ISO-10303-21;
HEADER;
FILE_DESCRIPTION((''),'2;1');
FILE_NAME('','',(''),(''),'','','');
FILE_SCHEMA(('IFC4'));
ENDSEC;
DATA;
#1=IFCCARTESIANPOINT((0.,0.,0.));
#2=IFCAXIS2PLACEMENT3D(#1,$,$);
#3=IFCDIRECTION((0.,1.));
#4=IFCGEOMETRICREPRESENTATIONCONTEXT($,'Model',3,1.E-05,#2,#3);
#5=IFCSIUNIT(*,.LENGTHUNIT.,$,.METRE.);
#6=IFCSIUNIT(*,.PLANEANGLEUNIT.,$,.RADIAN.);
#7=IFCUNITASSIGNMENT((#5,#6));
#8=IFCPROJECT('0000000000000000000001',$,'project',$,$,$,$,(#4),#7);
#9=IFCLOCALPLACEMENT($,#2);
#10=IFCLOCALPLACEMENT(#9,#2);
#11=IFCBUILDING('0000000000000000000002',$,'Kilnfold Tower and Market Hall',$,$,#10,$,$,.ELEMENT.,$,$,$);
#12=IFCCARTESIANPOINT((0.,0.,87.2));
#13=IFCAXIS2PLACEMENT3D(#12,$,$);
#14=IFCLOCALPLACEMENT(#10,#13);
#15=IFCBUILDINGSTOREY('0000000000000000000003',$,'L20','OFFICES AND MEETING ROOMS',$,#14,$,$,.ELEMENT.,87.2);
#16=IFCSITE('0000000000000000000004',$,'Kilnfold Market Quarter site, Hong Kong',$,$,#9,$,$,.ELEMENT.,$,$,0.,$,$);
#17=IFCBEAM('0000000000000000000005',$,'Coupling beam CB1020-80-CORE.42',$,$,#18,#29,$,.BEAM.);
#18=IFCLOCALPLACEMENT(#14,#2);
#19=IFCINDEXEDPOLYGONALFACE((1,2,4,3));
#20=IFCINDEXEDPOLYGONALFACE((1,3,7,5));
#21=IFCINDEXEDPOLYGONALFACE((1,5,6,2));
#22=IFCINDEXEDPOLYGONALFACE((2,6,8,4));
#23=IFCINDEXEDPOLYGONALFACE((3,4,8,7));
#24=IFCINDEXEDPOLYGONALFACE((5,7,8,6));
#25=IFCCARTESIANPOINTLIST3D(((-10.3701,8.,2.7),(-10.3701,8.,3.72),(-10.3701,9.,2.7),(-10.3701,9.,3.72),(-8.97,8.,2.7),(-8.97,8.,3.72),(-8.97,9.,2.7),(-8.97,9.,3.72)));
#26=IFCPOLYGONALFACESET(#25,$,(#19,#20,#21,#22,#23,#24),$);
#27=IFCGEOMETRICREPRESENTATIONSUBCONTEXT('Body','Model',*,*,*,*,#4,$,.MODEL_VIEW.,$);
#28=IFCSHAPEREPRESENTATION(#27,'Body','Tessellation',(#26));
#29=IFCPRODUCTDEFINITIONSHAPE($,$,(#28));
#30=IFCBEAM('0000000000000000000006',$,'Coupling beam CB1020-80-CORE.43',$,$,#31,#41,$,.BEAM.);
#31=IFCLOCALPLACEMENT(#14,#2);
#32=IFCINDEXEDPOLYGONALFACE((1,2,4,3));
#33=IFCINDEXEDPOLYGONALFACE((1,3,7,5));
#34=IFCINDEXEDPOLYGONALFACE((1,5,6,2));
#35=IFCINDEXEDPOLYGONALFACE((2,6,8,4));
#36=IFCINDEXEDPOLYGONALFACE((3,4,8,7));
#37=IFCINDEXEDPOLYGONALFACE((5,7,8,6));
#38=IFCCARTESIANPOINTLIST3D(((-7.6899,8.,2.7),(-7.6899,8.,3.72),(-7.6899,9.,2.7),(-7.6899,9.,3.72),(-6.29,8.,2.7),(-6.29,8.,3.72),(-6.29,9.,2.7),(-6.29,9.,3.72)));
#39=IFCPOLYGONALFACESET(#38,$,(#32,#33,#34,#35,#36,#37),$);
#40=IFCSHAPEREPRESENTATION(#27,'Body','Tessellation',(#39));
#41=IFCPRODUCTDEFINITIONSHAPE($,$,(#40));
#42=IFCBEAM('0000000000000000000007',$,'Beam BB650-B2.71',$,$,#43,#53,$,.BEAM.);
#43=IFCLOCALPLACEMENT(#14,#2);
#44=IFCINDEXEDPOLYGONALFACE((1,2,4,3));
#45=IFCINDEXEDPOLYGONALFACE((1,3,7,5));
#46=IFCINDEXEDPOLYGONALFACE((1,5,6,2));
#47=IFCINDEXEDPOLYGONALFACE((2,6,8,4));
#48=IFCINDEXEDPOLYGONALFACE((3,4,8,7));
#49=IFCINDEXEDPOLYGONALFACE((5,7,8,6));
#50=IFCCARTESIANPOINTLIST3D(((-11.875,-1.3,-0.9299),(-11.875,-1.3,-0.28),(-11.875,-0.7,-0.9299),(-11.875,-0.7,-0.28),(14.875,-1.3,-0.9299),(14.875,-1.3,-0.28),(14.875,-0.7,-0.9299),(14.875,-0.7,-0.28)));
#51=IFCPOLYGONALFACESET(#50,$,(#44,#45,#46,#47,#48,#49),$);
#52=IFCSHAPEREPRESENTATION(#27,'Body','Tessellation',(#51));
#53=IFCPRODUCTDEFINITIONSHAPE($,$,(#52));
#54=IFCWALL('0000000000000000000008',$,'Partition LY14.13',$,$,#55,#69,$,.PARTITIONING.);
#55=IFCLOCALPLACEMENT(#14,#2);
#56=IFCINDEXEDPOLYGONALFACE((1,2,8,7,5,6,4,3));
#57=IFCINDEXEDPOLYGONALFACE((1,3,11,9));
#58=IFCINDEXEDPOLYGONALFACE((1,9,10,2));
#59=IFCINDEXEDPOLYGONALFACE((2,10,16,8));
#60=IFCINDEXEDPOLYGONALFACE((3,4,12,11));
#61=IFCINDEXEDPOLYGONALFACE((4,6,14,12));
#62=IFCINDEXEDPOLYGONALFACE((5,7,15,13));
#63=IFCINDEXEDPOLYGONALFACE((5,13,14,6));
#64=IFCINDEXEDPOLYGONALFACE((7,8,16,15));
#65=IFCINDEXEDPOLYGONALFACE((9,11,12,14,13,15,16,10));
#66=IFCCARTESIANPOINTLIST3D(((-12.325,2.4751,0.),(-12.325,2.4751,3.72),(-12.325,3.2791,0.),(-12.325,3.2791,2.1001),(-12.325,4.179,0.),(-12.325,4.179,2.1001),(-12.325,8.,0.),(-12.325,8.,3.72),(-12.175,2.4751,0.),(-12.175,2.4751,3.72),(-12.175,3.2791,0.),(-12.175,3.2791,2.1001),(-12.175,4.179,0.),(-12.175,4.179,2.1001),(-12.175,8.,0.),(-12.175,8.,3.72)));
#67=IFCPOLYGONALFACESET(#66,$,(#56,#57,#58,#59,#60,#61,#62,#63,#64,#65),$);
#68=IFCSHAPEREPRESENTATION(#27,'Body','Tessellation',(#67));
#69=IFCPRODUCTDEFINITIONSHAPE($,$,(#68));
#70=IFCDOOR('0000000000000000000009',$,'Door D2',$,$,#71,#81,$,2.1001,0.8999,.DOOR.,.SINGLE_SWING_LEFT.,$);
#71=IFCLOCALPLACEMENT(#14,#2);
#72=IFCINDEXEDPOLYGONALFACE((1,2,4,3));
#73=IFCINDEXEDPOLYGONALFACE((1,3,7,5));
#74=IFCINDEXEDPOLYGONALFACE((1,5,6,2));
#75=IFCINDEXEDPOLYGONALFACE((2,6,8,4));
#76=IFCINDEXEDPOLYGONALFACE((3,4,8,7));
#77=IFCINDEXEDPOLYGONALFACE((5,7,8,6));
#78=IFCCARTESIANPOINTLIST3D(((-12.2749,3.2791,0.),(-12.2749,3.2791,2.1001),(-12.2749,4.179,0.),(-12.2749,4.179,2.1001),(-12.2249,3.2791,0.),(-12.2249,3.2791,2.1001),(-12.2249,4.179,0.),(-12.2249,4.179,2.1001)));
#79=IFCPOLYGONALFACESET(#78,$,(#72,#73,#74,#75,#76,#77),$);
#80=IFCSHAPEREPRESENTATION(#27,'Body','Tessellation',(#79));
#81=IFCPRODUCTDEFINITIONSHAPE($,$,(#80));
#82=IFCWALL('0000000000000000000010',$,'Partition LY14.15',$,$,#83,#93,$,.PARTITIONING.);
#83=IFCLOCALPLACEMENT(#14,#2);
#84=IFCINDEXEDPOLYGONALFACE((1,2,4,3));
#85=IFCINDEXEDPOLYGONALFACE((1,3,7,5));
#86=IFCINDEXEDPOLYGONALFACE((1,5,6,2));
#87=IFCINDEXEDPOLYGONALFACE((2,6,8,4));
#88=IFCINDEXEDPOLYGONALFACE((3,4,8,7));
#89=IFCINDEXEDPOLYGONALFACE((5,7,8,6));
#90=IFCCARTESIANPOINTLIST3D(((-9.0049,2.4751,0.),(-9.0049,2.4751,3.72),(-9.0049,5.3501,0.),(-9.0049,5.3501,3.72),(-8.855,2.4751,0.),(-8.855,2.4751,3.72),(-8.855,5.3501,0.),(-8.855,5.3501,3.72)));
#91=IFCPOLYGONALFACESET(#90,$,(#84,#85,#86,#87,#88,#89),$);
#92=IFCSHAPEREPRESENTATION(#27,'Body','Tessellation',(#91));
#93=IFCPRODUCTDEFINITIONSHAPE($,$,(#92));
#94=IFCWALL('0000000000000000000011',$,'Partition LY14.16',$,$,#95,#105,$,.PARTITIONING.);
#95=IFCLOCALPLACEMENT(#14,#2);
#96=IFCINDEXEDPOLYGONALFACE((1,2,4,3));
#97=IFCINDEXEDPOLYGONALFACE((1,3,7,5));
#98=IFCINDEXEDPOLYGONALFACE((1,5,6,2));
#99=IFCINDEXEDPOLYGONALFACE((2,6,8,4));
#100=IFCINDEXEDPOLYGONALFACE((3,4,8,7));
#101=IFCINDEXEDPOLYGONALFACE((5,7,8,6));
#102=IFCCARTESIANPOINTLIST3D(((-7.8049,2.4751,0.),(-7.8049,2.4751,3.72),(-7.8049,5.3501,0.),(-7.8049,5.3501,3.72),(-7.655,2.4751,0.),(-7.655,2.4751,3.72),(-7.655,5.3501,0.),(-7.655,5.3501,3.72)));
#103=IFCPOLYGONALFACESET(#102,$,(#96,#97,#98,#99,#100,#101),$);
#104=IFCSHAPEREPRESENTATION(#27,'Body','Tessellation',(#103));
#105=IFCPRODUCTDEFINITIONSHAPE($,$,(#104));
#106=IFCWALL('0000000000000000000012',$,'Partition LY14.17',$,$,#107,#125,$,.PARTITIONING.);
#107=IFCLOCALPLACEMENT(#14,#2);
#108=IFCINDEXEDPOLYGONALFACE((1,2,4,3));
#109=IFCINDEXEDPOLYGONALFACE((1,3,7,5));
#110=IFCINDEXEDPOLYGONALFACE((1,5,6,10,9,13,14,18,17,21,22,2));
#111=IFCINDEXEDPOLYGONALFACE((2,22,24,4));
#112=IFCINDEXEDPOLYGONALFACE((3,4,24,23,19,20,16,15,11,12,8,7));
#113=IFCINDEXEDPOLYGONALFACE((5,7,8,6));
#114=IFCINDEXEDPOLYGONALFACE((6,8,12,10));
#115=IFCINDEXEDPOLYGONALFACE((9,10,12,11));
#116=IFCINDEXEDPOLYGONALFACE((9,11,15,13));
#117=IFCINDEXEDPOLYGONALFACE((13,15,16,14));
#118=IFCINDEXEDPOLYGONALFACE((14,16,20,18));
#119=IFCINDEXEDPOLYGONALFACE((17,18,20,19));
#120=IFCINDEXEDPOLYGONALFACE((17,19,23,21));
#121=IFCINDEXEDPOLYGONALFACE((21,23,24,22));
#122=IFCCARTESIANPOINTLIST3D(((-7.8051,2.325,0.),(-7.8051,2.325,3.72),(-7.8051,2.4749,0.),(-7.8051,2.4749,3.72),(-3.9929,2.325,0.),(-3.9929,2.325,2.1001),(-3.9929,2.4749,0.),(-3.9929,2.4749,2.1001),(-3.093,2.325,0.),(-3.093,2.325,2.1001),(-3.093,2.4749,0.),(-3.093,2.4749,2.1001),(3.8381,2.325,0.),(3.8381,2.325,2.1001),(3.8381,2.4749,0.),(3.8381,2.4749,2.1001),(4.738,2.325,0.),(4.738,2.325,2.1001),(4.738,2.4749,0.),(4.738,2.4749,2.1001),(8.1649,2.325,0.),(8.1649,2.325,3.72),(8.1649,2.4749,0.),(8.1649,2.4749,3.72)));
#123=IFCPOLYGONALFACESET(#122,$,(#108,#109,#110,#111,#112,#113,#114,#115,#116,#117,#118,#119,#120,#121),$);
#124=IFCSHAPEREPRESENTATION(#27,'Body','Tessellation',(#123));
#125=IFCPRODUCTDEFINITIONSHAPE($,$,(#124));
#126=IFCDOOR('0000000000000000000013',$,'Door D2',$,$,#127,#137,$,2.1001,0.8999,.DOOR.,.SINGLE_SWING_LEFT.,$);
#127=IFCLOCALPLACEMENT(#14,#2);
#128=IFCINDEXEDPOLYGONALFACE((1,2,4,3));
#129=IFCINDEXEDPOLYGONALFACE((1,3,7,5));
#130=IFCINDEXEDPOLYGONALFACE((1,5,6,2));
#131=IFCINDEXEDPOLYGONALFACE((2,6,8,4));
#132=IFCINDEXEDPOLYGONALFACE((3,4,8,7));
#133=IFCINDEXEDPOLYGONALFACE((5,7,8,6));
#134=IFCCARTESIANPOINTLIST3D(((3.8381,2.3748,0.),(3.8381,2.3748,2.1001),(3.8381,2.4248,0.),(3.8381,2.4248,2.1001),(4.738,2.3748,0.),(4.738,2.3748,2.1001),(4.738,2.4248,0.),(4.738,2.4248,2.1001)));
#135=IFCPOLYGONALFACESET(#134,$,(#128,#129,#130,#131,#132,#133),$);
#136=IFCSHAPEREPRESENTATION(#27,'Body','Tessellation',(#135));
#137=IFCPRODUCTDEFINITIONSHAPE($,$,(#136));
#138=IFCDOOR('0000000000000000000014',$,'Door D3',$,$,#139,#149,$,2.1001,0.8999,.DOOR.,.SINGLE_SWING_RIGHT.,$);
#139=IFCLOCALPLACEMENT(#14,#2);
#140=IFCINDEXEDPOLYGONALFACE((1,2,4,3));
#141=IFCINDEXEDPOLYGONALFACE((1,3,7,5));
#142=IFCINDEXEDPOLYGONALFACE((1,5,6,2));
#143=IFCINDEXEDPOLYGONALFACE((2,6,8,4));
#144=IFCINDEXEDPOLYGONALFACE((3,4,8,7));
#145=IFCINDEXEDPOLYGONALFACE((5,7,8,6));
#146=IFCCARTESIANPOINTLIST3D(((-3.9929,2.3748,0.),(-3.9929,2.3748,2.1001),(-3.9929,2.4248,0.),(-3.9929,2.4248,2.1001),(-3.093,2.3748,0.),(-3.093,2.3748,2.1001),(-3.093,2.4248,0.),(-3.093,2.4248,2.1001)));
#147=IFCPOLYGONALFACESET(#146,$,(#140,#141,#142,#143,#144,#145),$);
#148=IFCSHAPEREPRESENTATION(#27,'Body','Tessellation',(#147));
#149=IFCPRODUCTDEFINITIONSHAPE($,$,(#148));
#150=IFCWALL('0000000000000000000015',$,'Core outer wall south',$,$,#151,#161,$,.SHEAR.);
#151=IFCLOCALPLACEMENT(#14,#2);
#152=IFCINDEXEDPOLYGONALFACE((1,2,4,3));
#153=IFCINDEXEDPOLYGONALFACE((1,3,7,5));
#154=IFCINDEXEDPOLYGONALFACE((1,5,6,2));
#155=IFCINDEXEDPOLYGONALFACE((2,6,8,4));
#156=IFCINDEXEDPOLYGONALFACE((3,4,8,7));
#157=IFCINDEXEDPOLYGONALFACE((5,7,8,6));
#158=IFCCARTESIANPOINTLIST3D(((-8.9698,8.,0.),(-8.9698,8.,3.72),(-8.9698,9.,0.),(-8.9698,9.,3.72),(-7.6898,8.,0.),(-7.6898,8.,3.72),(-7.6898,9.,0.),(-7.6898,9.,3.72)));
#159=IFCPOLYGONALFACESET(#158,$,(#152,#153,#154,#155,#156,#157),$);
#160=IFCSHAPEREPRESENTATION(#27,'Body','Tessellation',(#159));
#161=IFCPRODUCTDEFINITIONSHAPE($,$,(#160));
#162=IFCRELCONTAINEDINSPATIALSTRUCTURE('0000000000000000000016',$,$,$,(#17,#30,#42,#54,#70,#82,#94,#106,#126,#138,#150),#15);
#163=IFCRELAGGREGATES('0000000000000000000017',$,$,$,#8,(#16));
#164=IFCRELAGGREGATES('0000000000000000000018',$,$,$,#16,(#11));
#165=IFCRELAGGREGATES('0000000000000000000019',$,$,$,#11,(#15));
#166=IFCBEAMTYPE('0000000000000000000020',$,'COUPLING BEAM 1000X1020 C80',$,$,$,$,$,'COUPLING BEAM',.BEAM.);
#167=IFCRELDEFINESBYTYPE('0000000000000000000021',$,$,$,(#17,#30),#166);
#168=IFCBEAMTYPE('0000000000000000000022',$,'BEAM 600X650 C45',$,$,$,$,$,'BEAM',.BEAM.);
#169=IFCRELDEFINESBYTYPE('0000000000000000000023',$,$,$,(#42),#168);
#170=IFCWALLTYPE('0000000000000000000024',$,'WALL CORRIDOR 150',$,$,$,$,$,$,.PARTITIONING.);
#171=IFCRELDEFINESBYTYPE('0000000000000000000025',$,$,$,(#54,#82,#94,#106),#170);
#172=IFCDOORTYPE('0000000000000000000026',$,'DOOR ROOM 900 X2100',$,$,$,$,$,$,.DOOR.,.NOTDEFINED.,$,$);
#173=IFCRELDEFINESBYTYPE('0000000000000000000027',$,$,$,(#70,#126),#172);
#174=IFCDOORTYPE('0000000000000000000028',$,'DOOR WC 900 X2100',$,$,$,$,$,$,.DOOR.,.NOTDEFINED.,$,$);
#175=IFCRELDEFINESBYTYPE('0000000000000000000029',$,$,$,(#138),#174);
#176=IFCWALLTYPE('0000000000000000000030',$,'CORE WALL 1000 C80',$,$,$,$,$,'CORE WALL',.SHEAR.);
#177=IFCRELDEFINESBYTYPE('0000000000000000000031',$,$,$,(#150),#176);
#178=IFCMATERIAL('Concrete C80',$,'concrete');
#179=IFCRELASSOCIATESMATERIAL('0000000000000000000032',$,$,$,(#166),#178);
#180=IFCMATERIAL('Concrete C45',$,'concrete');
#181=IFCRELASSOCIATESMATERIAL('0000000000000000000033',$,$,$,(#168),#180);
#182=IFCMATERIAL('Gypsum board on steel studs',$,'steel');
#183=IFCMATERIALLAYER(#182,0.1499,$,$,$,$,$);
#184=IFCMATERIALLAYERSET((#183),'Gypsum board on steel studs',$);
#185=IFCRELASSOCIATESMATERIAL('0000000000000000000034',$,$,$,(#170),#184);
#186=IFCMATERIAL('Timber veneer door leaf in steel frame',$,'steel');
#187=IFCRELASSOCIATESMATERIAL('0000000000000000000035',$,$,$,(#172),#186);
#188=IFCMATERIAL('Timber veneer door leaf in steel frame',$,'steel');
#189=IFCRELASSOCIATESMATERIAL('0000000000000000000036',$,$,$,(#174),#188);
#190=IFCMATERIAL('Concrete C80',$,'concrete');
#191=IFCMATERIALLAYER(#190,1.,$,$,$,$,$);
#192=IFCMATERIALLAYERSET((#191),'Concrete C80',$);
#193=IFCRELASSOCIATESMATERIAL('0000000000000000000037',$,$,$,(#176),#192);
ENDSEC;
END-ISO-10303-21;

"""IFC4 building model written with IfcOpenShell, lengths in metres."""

from ifc_helpers import new_model, si_unit, direction, frame, frame_2d, origin, origin_2d, place, context, subcontext, project, spatial, rectangle, extrude, source, transform, mapped, material, layer, layer_set, material_profile, profile_set, type_object, element, fill, save


model = new_model("IFC4")

# Units and contexts
model_context = context("Model", 3, precision=1e-05, world=origin(), true_north=direction((0.0, 1.0)))
body_context = subcontext(model_context, "Body", "Model", "MODEL_VIEW")
ifc_project = project(units=[si_unit("LENGTHUNIT", "METRE"), si_unit("PLANEANGLEUNIT", "RADIAN")], contexts=[model_context])

# Site, building, storey
site_placement = place(None, origin())
site = spatial("IfcSite", under=ifc_project, at=site_placement, Name="Kilnfold Market Quarter site, Hong Kong", CompositionType="ELEMENT", RefElevation=0.0)
building_placement = place(site_placement, origin())
building = spatial("IfcBuilding", under=site, at=building_placement, Name="Kilnfold Tower and Market Hall", CompositionType="ELEMENT")
storey_placement = place(building_placement, frame((0.0, 0.0, 87.2)))
storey = spatial("IfcBuildingStorey", under=building, at=storey_placement, Name="L20", Description="OFFICES AND MEETING ROOMS", CompositionType="ELEMENT", Elevation=87.2)

# Beams
ifc_material_1 = material(Name="Concrete C80", Category="concrete")
ifc_material_profile_1 = material_profile(ifc_material_1, rectangle(XDim=1.0, YDim=1.02, at=origin_2d()), Name="RC 1000x1020")
ifc_profile_set_1 = profile_set([ifc_material_profile_1], Name="Concrete C80")
beam_type_1 = type_object("IfcBeamType", Name="COUPLING BEAM 1000X1020 C80", ElementType="COUPLING BEAM", PredefinedType="BEAM", material=ifc_profile_set_1)
shared_shape_1 = source(origin(), body_context, "Body", "SweptSolid", [
    extrude(rectangle(XDim=1.0, YDim=1.02, at=origin_2d()), origin(), (0.0, 0.0, 1.0), 1.4001),
])
beam_1_placement = place(storey_placement, frame((-10.3701, 8.5, 3.21), z_axis=(1.0, 0.0, 0.0), x_axis=(0.0, 1.0, 0.0)))
element("IfcBeam", 1, at=beam_1_placement, inside=storey, type_object=beam_type_1, Name="Coupling beam CB1020-80-CORE.42", PredefinedType="BEAM", context=body_context, shape_type="MappedRepresentation", body=[
    mapped(shared_shape_1, transform((0.0, 0.0, 0.0))),
])
shared_shape_2 = source(origin(), body_context, "Body", "SweptSolid", [
    extrude(rectangle(XDim=1.0, YDim=1.02, at=origin_2d()), origin(), (0.0, 0.0, 1.0), 1.3999),
])
beam_2_placement = place(storey_placement, frame((-7.6899, 8.5, 3.21), z_axis=(1.0, 0.0, 0.0), x_axis=(0.0, 1.0, 0.0)))
element("IfcBeam", 2, at=beam_2_placement, inside=storey, type_object=beam_type_1, Name="Coupling beam CB1020-80-CORE.43", PredefinedType="BEAM", context=body_context, shape_type="MappedRepresentation", body=[
    mapped(shared_shape_2, transform((0.0, 0.0, 0.0))),
])
ifc_material_2 = material(Name="Concrete C45", Category="concrete")
ifc_material_profile_2 = material_profile(ifc_material_2, rectangle(XDim=0.6001, YDim=0.6499, at=origin_2d()), Name="RC 600x650")
ifc_profile_set_2 = profile_set([ifc_material_profile_2], Name="Concrete C45")
beam_type_2 = type_object("IfcBeamType", Name="BEAM 600X650 C45", ElementType="BEAM", PredefinedType="BEAM", material=ifc_profile_set_2)
shared_shape_3 = source(origin(), body_context, "Body", "SweptSolid", [
    extrude(rectangle(XDim=0.6001, YDim=0.6499, at=origin_2d()), origin(), (0.0, 0.0, 1.0), 26.75),
])
beam_3_placement = place(storey_placement, frame((-11.875, -1.0, -0.605), z_axis=(1.0, 0.0, 0.0), x_axis=(0.0, 1.0, 0.0)))
element("IfcBeam", 3, at=beam_3_placement, inside=storey, type_object=beam_type_2, Name="Beam BB650-B2.71", PredefinedType="BEAM", context=body_context, shape_type="MappedRepresentation", body=[
    mapped(shared_shape_3, transform((0.0, 0.0, 0.0))),
])

# Wall, opening, door
ifc_material_3 = material(Name="Gypsum board on steel studs", Category="steel")
ifc_layer_1 = layer(ifc_material_3, 0.1499)
ifc_layer_set_1 = layer_set([ifc_layer_1], Name="Gypsum board on steel studs")
wall_type_1 = type_object("IfcWallType", Name="WALL CORRIDOR 150", PredefinedType="PARTITIONING", material=ifc_layer_set_1)
wall_1_placement = place(storey_placement, frame((-12.25, 2.4751, 0.0), z_axis=(0.0, 0.0, 1.0), x_axis=(0.0, 1.0, 0.0)))
wall_1 = element("IfcWall", 4, at=wall_1_placement, inside=storey, type_object=wall_type_1, Name="Partition LY14.13", PredefinedType="PARTITIONING", context=body_context, shape_type="SweptSolid", body=[
    extrude(rectangle(XDim=5.5249, YDim=0.1499, at=frame_2d((2.7625, 0.0))), origin(), (0.0, 0.0, 1.0), 3.72),
])
opening_1_placement = place(wall_1_placement, frame((0.804, 0.0, 0.0)))
opening_1 = element("IfcOpeningElement", 5, at=opening_1_placement, cuts=wall_1, PredefinedType="OPENING", context=body_context, shape_type="SweptSolid", body=[
    extrude(rectangle(XDim=0.8999, YDim=2.1001, at=frame_2d((0.45, 1.05))), frame((0.0, 0.085, 0.0), z_axis=(0.0, -1.0, 0.0), x_axis=(1.0, 0.0, 0.0)), (0.0, 0.0, 1.0), 0.1699),
])
ifc_material_4 = material(Name="Timber veneer door leaf in steel frame", Category="steel")
door_type_1 = type_object("IfcDoorType", Name="DOOR ROOM 900 X2100", OperationType="NOTDEFINED", PredefinedType="DOOR", material=ifc_material_4)
door_1_placement = place(opening_1_placement, origin())
door_1 = element("IfcDoor", 6, at=door_1_placement, inside=storey, type_object=door_type_1, Name="Door D2", OperationType="SINGLE_SWING_LEFT", OverallHeight=2.1001, OverallWidth=0.8999, PredefinedType="DOOR", context=body_context, shape_type="SweptSolid", body=[
    extrude(rectangle(XDim=0.8999, YDim=2.1001, at=frame_2d((0.45, 1.05))), frame((0.0, 0.0249, 0.0), z_axis=(0.0, -1.0, 0.0), x_axis=(1.0, 0.0, 0.0)), (0.0, 0.0, 1.0), 0.05),
])
fill(opening_1, door_1)

# Walls
for number, where, z_axis, x_axis, name in (
    (7, (-8.9299, 5.3501, 0.0), (0.0, 0.0, 1.0), (0.0, -1.0, 0.0), "Partition LY14.15"),
    (8, (-7.73, 2.4751, 0.0), (0.0, 0.0, 1.0), (0.0, 1.0, 0.0), "Partition LY14.16"),
):
    element("IfcWall", number, at=place(storey_placement, frame(where, z_axis=z_axis, x_axis=x_axis)), inside=storey, type_object=wall_type_1, Name=name, PredefinedType="PARTITIONING", context=body_context, shape_type="SweptSolid", body=[
        extrude(rectangle(XDim=2.875, YDim=0.1499, at=frame_2d((1.4375, 0.0))), origin(), (0.0, 0.0, 1.0), 3.72),
    ])

# Wall, openings, doors
wall_2_placement = place(storey_placement, frame((-7.8049, 2.3999, 0.0), z_axis=(0.0, 0.0, 1.0), x_axis=(1.0, 0.0, 0.0)))
wall_2 = element("IfcWall", 9, at=wall_2_placement, inside=storey, type_object=wall_type_1, Name="Partition LY14.17", PredefinedType="PARTITIONING", context=body_context, shape_type="SweptSolid", body=[
    extrude(rectangle(XDim=15.97, YDim=0.1499, at=frame_2d((7.9849, 0.0))), origin(), (0.0, 0.0, 1.0), 3.72),
])
opening_2_placement = place(wall_2_placement, frame((3.812, 0.0, 0.0)))
opening_2 = element("IfcOpeningElement", 10, at=opening_2_placement, cuts=wall_2, PredefinedType="OPENING", context=body_context, shape_type="SweptSolid", body=[
    extrude(rectangle(XDim=0.8999, YDim=2.1001, at=frame_2d((0.45, 1.05))), frame((0.0, 0.085, 0.0), z_axis=(0.0, -1.0, 0.0), x_axis=(1.0, 0.0, 0.0)), (0.0, 0.0, 1.0), 0.1699),
])
opening_3_placement = place(wall_2_placement, frame((11.6431, 0.0, 0.0)))
opening_3 = element("IfcOpeningElement", 11, at=opening_3_placement, cuts=wall_2, PredefinedType="OPENING", context=body_context, shape_type="SweptSolid", body=[
    extrude(rectangle(XDim=0.8999, YDim=2.1001, at=frame_2d((0.45, 1.05))), frame((0.0, 0.085, 0.0), z_axis=(0.0, -1.0, 0.0), x_axis=(1.0, 0.0, 0.0)), (0.0, 0.0, 1.0), 0.1699),
])
door_2_placement = place(opening_3_placement, origin())
door_2 = element("IfcDoor", 12, at=door_2_placement, inside=storey, type_object=door_type_1, Name="Door D2", OperationType="SINGLE_SWING_LEFT", OverallHeight=2.1001, OverallWidth=0.8999, PredefinedType="DOOR", context=body_context, shape_type="SweptSolid", body=[
    extrude(rectangle(XDim=0.8999, YDim=2.1001, at=frame_2d((0.45, 1.05))), frame((0.0, 0.0249, 0.0), z_axis=(0.0, -1.0, 0.0), x_axis=(1.0, 0.0, 0.0)), (0.0, 0.0, 1.0), 0.05),
])
fill(opening_3, door_2)
ifc_material_5 = material(Name="Timber veneer door leaf in steel frame", Category="steel")
door_type_2 = type_object("IfcDoorType", Name="DOOR WC 900 X2100", OperationType="NOTDEFINED", PredefinedType="DOOR", material=ifc_material_5)
door_3_placement = place(opening_2_placement, origin())
door_3 = element("IfcDoor", 13, at=door_3_placement, inside=storey, type_object=door_type_2, Name="Door D3", OperationType="SINGLE_SWING_RIGHT", OverallHeight=2.1001, OverallWidth=0.8999, PredefinedType="DOOR", context=body_context, shape_type="SweptSolid", body=[
    extrude(rectangle(XDim=0.8999, YDim=2.1001, at=frame_2d((0.45, 1.05))), frame((0.0, 0.0249, 0.0), z_axis=(0.0, -1.0, 0.0), x_axis=(1.0, 0.0, 0.0)), (0.0, 0.0, 1.0), 0.05),
])
fill(opening_2, door_3)

# Wall
ifc_material_6 = material(Name="Concrete C80", Category="concrete")
ifc_layer_2 = layer(ifc_material_6, 1.0)
ifc_layer_set_2 = layer_set([ifc_layer_2], Name="Concrete C80")
wall_type_2 = type_object("IfcWallType", Name="CORE WALL 1000 C80", ElementType="CORE WALL", PredefinedType="SHEAR", material=ifc_layer_set_2)
shared_shape_4 = source(origin(), body_context, "Body", "SweptSolid", [
    extrude(rectangle(XDim=1.28, YDim=1.0, at=frame_2d((0.6401, 0.0))), origin(), (0.0, 0.0, 1.0), 3.72),
])
wall_3_placement = place(storey_placement, frame((-8.97, 8.5, 0.0), z_axis=(0.0, 0.0, 1.0), x_axis=(1.0, 0.0, 0.0)))
element("IfcWall", 14, at=wall_3_placement, inside=storey, type_object=wall_type_2, Name="Core outer wall south", PredefinedType="SHEAR", context=body_context, shape_type="MappedRepresentation", body=[
    mapped(shared_shape_4, transform((0.0, 0.0, 0.0))),
])

save(model, "model.ifc")
